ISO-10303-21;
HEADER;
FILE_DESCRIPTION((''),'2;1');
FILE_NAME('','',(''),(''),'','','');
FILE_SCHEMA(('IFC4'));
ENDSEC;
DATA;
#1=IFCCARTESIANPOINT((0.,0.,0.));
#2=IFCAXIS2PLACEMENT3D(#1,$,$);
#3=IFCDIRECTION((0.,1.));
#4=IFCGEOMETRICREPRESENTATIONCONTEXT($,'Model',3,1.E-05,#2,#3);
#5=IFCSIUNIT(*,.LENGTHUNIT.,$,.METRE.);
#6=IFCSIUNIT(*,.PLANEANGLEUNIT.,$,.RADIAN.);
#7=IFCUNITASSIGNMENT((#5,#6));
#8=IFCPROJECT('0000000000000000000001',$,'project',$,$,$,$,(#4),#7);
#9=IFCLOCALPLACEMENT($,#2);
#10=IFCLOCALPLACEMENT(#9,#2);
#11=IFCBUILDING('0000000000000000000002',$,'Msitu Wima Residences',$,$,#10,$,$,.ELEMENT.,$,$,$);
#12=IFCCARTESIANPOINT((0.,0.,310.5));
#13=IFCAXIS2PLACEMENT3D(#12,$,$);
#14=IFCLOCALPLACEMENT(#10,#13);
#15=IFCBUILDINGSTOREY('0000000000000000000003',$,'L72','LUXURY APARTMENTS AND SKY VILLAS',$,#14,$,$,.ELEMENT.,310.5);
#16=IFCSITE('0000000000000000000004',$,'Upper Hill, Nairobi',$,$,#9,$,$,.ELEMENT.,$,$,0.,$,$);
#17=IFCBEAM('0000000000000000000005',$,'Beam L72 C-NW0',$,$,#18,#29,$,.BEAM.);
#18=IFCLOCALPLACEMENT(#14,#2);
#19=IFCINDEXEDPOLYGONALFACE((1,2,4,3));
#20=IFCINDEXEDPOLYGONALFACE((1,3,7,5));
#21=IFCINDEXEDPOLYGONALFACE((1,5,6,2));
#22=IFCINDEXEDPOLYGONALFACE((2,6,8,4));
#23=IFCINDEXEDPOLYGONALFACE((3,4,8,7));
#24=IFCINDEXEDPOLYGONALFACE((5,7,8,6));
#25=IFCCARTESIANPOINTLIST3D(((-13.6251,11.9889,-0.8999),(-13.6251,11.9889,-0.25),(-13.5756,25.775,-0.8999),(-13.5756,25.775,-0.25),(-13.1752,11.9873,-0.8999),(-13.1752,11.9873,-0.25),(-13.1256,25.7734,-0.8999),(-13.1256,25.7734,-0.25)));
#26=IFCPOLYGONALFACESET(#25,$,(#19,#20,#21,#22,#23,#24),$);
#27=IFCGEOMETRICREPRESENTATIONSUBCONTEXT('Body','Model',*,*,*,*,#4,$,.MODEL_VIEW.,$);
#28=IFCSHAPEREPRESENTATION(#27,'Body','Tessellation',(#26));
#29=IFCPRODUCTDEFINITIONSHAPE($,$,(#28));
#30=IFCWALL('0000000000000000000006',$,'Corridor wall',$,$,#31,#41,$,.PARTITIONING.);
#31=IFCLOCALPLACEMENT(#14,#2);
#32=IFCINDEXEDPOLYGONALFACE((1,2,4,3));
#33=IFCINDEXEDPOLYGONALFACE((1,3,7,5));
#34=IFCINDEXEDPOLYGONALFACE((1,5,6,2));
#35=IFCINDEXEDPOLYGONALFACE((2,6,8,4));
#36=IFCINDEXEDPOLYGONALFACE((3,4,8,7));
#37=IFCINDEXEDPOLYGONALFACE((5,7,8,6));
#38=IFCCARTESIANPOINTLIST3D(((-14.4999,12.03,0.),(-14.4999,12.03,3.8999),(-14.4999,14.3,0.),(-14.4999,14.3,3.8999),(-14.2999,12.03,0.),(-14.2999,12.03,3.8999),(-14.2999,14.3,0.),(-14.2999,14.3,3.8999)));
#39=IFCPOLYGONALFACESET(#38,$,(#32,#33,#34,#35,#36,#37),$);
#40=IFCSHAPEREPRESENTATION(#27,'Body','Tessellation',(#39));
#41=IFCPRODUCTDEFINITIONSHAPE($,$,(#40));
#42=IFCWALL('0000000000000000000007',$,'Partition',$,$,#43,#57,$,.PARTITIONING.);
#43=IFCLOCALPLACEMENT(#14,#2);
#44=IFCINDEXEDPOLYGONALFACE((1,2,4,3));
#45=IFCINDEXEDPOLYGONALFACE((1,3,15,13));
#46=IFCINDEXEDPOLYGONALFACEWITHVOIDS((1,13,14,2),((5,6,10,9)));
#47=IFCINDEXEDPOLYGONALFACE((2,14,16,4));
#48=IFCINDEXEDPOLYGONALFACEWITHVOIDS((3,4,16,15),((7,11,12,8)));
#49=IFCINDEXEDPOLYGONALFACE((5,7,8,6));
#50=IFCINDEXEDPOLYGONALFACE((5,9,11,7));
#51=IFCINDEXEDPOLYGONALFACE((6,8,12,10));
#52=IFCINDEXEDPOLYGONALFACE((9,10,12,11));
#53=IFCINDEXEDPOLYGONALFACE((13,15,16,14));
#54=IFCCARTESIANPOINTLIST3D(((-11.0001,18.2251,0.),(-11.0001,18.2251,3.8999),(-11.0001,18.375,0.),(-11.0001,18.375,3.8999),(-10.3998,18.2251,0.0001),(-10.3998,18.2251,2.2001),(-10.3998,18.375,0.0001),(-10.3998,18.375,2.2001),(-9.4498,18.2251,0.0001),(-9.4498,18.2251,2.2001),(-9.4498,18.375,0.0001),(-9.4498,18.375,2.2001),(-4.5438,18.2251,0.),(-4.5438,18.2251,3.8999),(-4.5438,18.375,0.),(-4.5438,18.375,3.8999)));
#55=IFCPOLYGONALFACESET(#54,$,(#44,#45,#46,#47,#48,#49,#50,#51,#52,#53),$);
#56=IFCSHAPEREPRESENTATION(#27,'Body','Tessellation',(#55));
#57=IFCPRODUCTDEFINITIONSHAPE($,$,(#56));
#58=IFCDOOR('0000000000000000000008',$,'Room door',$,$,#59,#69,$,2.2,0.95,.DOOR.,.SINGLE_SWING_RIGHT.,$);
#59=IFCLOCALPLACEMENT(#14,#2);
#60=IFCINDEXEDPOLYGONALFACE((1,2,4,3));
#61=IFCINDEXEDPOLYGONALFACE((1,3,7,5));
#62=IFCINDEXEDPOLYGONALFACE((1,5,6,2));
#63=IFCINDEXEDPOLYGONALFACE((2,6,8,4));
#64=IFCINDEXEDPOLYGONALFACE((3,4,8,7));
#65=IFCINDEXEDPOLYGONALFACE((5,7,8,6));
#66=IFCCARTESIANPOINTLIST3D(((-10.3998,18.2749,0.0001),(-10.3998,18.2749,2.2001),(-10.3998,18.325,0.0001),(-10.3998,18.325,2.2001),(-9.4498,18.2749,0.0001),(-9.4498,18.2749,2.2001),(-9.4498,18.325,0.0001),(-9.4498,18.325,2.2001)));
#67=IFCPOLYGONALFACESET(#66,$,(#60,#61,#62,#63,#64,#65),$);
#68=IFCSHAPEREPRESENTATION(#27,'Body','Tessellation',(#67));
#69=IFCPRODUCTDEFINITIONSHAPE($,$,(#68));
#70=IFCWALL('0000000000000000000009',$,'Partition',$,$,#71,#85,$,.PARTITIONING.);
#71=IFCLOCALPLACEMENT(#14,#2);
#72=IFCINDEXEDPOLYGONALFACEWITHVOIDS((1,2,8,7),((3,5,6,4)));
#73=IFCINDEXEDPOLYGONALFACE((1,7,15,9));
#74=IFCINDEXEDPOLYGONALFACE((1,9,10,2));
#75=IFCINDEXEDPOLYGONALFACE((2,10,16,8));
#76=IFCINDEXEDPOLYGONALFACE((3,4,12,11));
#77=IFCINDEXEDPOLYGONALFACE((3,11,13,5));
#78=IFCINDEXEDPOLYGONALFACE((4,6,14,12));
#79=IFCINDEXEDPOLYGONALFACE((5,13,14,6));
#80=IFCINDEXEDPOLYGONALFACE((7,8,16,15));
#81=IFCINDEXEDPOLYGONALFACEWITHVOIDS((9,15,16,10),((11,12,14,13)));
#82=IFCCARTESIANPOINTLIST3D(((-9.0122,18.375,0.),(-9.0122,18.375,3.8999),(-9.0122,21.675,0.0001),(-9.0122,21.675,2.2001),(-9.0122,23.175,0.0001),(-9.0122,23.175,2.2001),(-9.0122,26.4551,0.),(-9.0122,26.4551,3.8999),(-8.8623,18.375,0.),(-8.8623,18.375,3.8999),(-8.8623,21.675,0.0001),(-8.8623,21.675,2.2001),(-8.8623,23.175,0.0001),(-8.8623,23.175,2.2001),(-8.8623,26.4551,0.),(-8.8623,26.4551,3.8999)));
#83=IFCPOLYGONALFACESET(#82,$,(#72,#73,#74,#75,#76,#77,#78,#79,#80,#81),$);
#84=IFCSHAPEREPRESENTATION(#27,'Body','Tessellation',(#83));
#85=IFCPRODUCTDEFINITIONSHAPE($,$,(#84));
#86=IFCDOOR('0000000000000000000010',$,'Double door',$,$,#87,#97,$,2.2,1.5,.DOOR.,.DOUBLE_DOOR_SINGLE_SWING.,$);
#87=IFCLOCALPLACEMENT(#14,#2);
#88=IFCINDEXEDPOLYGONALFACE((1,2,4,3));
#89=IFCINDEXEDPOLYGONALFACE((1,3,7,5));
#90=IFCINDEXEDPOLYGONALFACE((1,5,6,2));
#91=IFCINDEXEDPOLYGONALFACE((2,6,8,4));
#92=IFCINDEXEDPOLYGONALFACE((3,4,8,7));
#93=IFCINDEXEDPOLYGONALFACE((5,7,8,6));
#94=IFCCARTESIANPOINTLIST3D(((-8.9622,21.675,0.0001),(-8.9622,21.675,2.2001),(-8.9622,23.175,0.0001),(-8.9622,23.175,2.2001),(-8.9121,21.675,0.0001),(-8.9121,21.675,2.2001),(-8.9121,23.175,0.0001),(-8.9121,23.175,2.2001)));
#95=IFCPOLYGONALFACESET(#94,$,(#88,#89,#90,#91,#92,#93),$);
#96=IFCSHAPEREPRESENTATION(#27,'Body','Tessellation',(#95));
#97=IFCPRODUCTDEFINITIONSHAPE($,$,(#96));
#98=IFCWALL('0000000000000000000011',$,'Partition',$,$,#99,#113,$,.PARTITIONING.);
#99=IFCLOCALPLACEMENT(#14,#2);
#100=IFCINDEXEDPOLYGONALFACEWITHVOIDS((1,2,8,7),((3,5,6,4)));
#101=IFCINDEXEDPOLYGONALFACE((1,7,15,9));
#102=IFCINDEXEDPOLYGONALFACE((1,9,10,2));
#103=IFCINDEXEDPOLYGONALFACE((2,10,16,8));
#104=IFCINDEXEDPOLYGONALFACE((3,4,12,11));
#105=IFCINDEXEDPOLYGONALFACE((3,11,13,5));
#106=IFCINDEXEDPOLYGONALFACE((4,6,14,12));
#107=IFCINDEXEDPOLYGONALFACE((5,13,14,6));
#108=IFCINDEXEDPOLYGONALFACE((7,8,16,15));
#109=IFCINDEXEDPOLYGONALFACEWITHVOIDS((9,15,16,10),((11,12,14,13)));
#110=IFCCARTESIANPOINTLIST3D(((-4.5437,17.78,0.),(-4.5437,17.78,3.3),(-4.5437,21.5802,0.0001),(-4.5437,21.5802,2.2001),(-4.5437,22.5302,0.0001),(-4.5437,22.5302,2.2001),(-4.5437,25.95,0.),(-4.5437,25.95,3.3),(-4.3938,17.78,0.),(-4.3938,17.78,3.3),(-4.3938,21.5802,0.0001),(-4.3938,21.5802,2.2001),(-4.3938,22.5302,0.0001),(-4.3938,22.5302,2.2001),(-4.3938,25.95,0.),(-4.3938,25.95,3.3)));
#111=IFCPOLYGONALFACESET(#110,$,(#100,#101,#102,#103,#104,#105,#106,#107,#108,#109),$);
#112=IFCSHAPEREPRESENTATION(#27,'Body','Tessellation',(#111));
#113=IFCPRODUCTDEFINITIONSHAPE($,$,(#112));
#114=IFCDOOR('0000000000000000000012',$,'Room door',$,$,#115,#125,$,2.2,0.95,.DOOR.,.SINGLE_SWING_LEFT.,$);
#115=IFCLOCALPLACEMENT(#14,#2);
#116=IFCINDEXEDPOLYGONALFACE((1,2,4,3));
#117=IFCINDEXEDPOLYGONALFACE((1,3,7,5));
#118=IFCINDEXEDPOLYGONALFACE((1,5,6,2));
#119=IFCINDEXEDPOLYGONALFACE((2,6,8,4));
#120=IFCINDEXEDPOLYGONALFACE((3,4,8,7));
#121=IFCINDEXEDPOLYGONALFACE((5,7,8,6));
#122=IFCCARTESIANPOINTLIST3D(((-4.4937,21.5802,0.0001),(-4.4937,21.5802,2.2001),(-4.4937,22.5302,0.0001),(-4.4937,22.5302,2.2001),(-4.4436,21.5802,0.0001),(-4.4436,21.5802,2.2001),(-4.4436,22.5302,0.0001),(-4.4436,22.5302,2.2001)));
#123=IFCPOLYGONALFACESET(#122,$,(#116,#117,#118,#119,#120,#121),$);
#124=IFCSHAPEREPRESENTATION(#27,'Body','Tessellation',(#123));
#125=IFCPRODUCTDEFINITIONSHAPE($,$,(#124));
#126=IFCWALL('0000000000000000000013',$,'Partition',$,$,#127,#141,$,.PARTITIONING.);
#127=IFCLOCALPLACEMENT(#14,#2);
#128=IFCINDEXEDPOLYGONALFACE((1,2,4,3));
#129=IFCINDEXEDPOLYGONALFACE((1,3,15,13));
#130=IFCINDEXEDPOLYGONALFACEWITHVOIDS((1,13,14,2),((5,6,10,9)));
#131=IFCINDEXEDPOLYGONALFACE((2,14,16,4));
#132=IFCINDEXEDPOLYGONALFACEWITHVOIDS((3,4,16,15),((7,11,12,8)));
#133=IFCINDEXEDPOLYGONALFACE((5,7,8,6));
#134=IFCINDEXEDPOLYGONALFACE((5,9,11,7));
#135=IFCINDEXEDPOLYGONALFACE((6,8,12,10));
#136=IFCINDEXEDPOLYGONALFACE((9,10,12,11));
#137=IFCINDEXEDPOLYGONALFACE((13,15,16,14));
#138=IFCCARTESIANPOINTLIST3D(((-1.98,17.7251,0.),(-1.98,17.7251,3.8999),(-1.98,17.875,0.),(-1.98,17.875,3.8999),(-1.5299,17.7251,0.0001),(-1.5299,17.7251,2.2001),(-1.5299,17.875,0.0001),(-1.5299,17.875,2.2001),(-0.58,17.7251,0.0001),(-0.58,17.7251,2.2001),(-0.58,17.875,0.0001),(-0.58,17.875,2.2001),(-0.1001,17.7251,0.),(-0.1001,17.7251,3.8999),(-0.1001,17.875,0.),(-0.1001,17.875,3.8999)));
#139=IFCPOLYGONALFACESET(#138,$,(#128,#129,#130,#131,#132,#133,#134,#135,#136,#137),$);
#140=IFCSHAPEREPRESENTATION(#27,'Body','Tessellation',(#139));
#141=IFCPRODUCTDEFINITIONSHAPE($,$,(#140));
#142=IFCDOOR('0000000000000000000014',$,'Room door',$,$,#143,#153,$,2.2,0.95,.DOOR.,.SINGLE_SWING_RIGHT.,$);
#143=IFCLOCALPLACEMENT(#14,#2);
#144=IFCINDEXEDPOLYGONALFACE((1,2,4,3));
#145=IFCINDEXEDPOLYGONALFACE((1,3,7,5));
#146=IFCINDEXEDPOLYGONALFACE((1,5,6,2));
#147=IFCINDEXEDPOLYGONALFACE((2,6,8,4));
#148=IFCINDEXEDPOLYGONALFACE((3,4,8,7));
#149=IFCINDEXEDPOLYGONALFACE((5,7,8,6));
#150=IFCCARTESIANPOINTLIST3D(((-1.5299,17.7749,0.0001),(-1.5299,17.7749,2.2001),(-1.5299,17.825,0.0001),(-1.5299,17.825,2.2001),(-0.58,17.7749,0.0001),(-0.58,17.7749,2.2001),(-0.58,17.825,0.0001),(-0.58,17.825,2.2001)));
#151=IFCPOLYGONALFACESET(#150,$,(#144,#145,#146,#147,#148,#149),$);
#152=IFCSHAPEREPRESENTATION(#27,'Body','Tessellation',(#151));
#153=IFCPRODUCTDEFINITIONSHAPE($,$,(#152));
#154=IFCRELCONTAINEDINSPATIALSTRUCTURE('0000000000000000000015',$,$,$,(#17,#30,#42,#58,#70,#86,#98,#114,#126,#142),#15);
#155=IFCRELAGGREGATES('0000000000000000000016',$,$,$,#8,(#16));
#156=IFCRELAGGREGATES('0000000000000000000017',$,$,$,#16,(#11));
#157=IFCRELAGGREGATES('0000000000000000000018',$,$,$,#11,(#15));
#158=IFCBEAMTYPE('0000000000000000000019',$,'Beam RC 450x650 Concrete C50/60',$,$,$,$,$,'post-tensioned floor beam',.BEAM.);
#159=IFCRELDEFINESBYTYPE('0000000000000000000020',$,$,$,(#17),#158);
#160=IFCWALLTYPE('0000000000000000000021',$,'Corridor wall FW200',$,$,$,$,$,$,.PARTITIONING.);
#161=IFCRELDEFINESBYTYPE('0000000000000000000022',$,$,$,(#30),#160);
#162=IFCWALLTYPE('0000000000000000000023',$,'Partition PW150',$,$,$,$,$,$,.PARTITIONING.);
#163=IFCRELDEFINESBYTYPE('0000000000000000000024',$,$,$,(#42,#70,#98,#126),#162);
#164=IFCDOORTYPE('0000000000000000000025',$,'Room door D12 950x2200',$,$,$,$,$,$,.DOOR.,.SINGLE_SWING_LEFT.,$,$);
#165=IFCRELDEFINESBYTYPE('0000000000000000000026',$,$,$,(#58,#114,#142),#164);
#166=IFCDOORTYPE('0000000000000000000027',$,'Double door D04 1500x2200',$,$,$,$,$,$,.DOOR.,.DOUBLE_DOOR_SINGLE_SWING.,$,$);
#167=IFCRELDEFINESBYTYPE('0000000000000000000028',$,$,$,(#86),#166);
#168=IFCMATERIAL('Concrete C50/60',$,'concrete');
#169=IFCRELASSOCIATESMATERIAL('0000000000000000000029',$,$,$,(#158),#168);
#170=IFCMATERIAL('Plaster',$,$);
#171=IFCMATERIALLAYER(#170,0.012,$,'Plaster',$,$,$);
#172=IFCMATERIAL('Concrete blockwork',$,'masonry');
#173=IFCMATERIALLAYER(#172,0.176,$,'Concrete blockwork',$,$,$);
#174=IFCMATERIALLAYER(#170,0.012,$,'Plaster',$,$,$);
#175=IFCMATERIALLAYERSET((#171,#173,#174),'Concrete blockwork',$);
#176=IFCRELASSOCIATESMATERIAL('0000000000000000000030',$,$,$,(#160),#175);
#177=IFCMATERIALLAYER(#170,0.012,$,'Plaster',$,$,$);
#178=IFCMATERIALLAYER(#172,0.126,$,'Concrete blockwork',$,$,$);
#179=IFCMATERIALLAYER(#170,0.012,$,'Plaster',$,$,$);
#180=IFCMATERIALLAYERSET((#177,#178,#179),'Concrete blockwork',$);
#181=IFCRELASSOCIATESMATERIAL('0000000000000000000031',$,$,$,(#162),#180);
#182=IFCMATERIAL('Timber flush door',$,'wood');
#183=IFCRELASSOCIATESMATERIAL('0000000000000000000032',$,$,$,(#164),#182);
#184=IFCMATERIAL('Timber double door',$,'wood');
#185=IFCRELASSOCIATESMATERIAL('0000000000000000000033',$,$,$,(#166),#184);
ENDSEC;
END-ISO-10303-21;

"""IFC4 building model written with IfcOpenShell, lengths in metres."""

from ifc_helpers import new_model, si_unit, direction, frame, frame_2d, origin, origin_2d, place, context, subcontext, project, spatial, rectangle, extrude, material, layer, layer_set, material_profile, profile_set, type_object, element, fill, save


model = new_model("IFC4")

# Units and contexts
model_context = context("Model", 3, precision=1e-05, world=origin(), true_north=direction((0.0, 1.0)))
body_context = subcontext(model_context, "Body", "Model", "MODEL_VIEW")
ifc_project = project(units=[si_unit("LENGTHUNIT", "METRE"), si_unit("PLANEANGLEUNIT", "RADIAN")], contexts=[model_context])

# Site, building, storey
site_placement = place(None, origin())
site = spatial("IfcSite", under=ifc_project, at=site_placement, Name="Upper Hill, Nairobi", CompositionType="ELEMENT", RefElevation=0.0)
building_placement = place(site_placement, origin())
building = spatial("IfcBuilding", under=site, at=building_placement, Name="Msitu Wima Residences", CompositionType="ELEMENT")
storey_placement = place(building_placement, frame((0.0, 0.0, 310.5)))
storey = spatial("IfcBuildingStorey", under=building, at=storey_placement, Name="L72", Description="LUXURY APARTMENTS AND SKY VILLAS", CompositionType="ELEMENT", Elevation=310.5)

# Beam
ifc_material_1 = material(Name="Concrete C50/60", Category="concrete")
ifc_material_profile = material_profile(ifc_material_1, rectangle(XDim=0.45, YDim=0.6499, at=origin_2d()), Name="RC 450x650")
ifc_profile_set = profile_set([ifc_material_profile], Name="Concrete C50/60")
beam_type = type_object("IfcBeamType", Name="Beam RC 450x650 Concrete C50/60", ElementType="post-tensioned floor beam", PredefinedType="BEAM", material=ifc_profile_set)
beam_placement = place(storey_placement, frame((-13.3506, 25.7742, -0.575), z_axis=(-0.003595, -0.999994, 0.0), x_axis=(0.999994, -0.003595, 0.0)))
element("IfcBeam", 1, at=beam_placement, inside=storey, type_object=beam_type, Name="Beam L72 C-NW0", PredefinedType="BEAM", context=body_context, shape_type="SweptSolid", body=[
    extrude(rectangle(XDim=0.45, YDim=0.6499, at=origin_2d()), origin(), (0.0, 0.0, 1.0), 13.7861),
])

# Wall
ifc_material_2 = material(Name="Plaster")
ifc_layer_1 = layer(ifc_material_2, 0.012, Name="Plaster")
ifc_material_3 = material(Name="Concrete blockwork", Category="masonry")
ifc_layer_2 = layer(ifc_material_3, 0.176, Name="Concrete blockwork")
ifc_layer_3 = layer(ifc_material_2, 0.012, Name="Plaster")
ifc_layer_set_1 = layer_set([ifc_layer_1, ifc_layer_2, ifc_layer_3], Name="Concrete blockwork")
wall_type_1 = type_object("IfcWallType", Name="Corridor wall FW200", PredefinedType="PARTITIONING", material=ifc_layer_set_1)
wall_1_placement = place(storey_placement, frame((-14.3999, 12.03, 0.0), z_axis=(0.0, 0.0, 1.0), x_axis=(0.0, 1.0, 0.0)))
element("IfcWall", 2, at=wall_1_placement, inside=storey, type_object=wall_type_1, Name="Corridor wall", PredefinedType="PARTITIONING", context=body_context, shape_type="SweptSolid", body=[
    extrude(rectangle(XDim=2.27, YDim=0.2, at=frame_2d((1.135, 0.0))), origin(), (0.0, 0.0, 1.0), 3.8999),
])

# Walls, openings, doors
ifc_layer_4 = layer(ifc_material_2, 0.012, Name="Plaster")
ifc_layer_5 = layer(ifc_material_3, 0.126, Name="Concrete blockwork")
ifc_layer_6 = layer(ifc_material_2, 0.012, Name="Plaster")
ifc_layer_set_2 = layer_set([ifc_layer_4, ifc_layer_5, ifc_layer_6], Name="Concrete blockwork")
wall_type_2 = type_object("IfcWallType", Name="Partition PW150", PredefinedType="PARTITIONING", material=ifc_layer_set_2)
wall_2_placement = place(storey_placement, frame((-11.0, 18.3, 0.0), z_axis=(0.0, 0.0, 1.0), x_axis=(1.0, 0.0, 0.0)))
wall_2 = element("IfcWall", 3, at=wall_2_placement, inside=storey, type_object=wall_type_2, Name="Partition", PredefinedType="PARTITIONING", context=body_context, shape_type="SweptSolid", body=[
    extrude(rectangle(XDim=6.4563, YDim=0.1499, at=frame_2d((3.228, 0.0))), origin(), (0.0, 0.0, 1.0), 3.8999),
])
opening_1_placement = place(wall_2_placement, frame((0.6001, 0.0, 0.0)))
opening_1 = element("IfcOpeningElement", 4, at=opening_1_placement, cuts=wall_2, PredefinedType="OPENING", context=body_context, shape_type="SweptSolid", body=[
    extrude(rectangle(XDim=0.95, YDim=2.2, at=frame_2d((0.4751, 1.1001))), frame((0.0, 0.085, 0.0), z_axis=(0.0, -1.0, 0.0), x_axis=(1.0, 0.0, 0.0)), (0.0, 0.0, 1.0), 0.1699),
])
ifc_material_4 = material(Name="Timber flush door", Category="wood")
door_type_1 = type_object("IfcDoorType", Name="Room door D12 950x2200", OperationType="SINGLE_SWING_LEFT", PredefinedType="DOOR", material=ifc_material_4)
door_1_placement = place(opening_1_placement, origin())
door_1 = element("IfcDoor", 5, at=door_1_placement, inside=storey, type_object=door_type_1, Name="Room door", OperationType="SINGLE_SWING_RIGHT", OverallHeight=2.2, OverallWidth=0.95, PredefinedType="DOOR", context=body_context, shape_type="SweptSolid", body=[
    extrude(rectangle(XDim=0.95, YDim=2.2, at=frame_2d((0.4751, 1.1001))), frame((0.0, 0.0249, 0.0), z_axis=(0.0, -1.0, 0.0), x_axis=(1.0, 0.0, 0.0)), (0.0, 0.0, 1.0), 0.05),
])
fill(opening_1, door_1)
wall_3_placement = place(storey_placement, frame((-8.9373, 18.375, 0.0), z_axis=(0.0, 0.0, 1.0), x_axis=(0.0, 1.0, 0.0)))
wall_3 = element("IfcWall", 6, at=wall_3_placement, inside=storey, type_object=wall_type_2, Name="Partition", PredefinedType="PARTITIONING", context=body_context, shape_type="SweptSolid", body=[
    extrude(rectangle(XDim=8.0801, YDim=0.1499, at=frame_2d((4.04, 0.0))), origin(), (0.0, 0.0, 1.0), 3.8999),
])
opening_2_placement = place(wall_3_placement, frame((3.3, 0.0, 0.0)))
opening_2 = element("IfcOpeningElement", 7, at=opening_2_placement, cuts=wall_3, PredefinedType="OPENING", context=body_context, shape_type="SweptSolid", body=[
    extrude(rectangle(XDim=1.5, YDim=2.2, at=frame_2d((0.75, 1.1001))), frame((0.0, 0.085, 0.0), z_axis=(0.0, -1.0, 0.0), x_axis=(1.0, 0.0, 0.0)), (0.0, 0.0, 1.0), 0.1699),
])
ifc_material_5 = material(Name="Timber double door", Category="wood")
door_type_2 = type_object("IfcDoorType", Name="Double door D04 1500x2200", OperationType="DOUBLE_DOOR_SINGLE_SWING", PredefinedType="DOOR", material=ifc_material_5)
door_2_placement = place(opening_2_placement, origin())
door_2 = element("IfcDoor", 8, at=door_2_placement, inside=storey, type_object=door_type_2, Name="Double door", OperationType="DOUBLE_DOOR_SINGLE_SWING", OverallHeight=2.2, OverallWidth=1.5, PredefinedType="DOOR", context=body_context, shape_type="SweptSolid", body=[
    extrude(rectangle(XDim=1.5, YDim=2.2, at=frame_2d((0.75, 1.1001))), frame((0.0, 0.0249, 0.0), z_axis=(0.0, -1.0, 0.0), x_axis=(1.0, 0.0, 0.0)), (0.0, 0.0, 1.0), 0.05),
])
fill(opening_2, door_2)
wall_4_placement = place(storey_placement, frame((-4.4688, 17.78, 0.0), z_axis=(0.0, 0.0, 1.0), x_axis=(0.0, 1.0, 0.0)))
wall_4 = element("IfcWall", 9, at=wall_4_placement, inside=storey, type_object=wall_type_2, Name="Partition", PredefinedType="PARTITIONING", context=body_context, shape_type="SweptSolid", body=[
    extrude(rectangle(XDim=8.1699, YDim=0.1499, at=frame_2d((4.085, 0.0))), origin(), (0.0, 0.0, 1.0), 3.3),
])
opening_3_placement = place(wall_4_placement, frame((3.8, 0.0, 0.0)))
opening_3 = element("IfcOpeningElement", 10, at=opening_3_placement, cuts=wall_4, PredefinedType="OPENING", context=body_context, shape_type="SweptSolid", body=[
    extrude(rectangle(XDim=0.95, YDim=2.2, at=frame_2d((0.4751, 1.1001))), frame((0.0, 0.085, 0.0), z_axis=(0.0, -1.0, 0.0), x_axis=(1.0, 0.0, 0.0)), (0.0, 0.0, 1.0), 0.1699),
])
door_3_placement = place(opening_3_placement, origin())
door_3 = element("IfcDoor", 11, at=door_3_placement, inside=storey, type_object=door_type_1, Name="Room door", OperationType="SINGLE_SWING_LEFT", OverallHeight=2.2, OverallWidth=0.95, PredefinedType="DOOR", context=body_context, shape_type="SweptSolid", body=[
    extrude(rectangle(XDim=0.95, YDim=2.2, at=frame_2d((0.4751, 1.1001))), frame((0.0, 0.0249, 0.0), z_axis=(0.0, -1.0, 0.0), x_axis=(1.0, 0.0, 0.0)), (0.0, 0.0, 1.0), 0.05),
])
fill(opening_3, door_3)
wall_5_placement = place(storey_placement, frame((-1.98, 17.8, 0.0), z_axis=(0.0, 0.0, 1.0), x_axis=(1.0, 0.0, 0.0)))
wall_5 = element("IfcWall", 12, at=wall_5_placement, inside=storey, type_object=wall_type_2, Name="Partition", PredefinedType="PARTITIONING", context=body_context, shape_type="SweptSolid", body=[
    extrude(rectangle(XDim=1.8799, YDim=0.1499, at=frame_2d((0.9399, 0.0))), origin(), (0.0, 0.0, 1.0), 3.8999),
])
opening_4_placement = place(wall_5_placement, frame((0.45, 0.0, 0.0)))
opening_4 = element("IfcOpeningElement", 13, at=opening_4_placement, cuts=wall_5, PredefinedType="OPENING", context=body_context, shape_type="SweptSolid", body=[
    extrude(rectangle(XDim=0.95, YDim=2.2, at=frame_2d((0.4751, 1.1001))), frame((0.0, 0.085, 0.0), z_axis=(0.0, -1.0, 0.0), x_axis=(1.0, 0.0, 0.0)), (0.0, 0.0, 1.0), 0.1699),
])
door_4_placement = place(opening_4_placement, origin())
door_4 = element("IfcDoor", 14, at=door_4_placement, inside=storey, type_object=door_type_1, Name="Room door", OperationType="SINGLE_SWING_RIGHT", OverallHeight=2.2, OverallWidth=0.95, PredefinedType="DOOR", context=body_context, shape_type="SweptSolid", body=[
    extrude(rectangle(XDim=0.95, YDim=2.2, at=frame_2d((0.4751, 1.1001))), frame((0.0, 0.0249, 0.0), z_axis=(0.0, -1.0, 0.0), x_axis=(1.0, 0.0, 0.0)), (0.0, 0.0, 1.0), 0.05),
])
fill(opening_4, door_4)

save(model, "model.ifc")
